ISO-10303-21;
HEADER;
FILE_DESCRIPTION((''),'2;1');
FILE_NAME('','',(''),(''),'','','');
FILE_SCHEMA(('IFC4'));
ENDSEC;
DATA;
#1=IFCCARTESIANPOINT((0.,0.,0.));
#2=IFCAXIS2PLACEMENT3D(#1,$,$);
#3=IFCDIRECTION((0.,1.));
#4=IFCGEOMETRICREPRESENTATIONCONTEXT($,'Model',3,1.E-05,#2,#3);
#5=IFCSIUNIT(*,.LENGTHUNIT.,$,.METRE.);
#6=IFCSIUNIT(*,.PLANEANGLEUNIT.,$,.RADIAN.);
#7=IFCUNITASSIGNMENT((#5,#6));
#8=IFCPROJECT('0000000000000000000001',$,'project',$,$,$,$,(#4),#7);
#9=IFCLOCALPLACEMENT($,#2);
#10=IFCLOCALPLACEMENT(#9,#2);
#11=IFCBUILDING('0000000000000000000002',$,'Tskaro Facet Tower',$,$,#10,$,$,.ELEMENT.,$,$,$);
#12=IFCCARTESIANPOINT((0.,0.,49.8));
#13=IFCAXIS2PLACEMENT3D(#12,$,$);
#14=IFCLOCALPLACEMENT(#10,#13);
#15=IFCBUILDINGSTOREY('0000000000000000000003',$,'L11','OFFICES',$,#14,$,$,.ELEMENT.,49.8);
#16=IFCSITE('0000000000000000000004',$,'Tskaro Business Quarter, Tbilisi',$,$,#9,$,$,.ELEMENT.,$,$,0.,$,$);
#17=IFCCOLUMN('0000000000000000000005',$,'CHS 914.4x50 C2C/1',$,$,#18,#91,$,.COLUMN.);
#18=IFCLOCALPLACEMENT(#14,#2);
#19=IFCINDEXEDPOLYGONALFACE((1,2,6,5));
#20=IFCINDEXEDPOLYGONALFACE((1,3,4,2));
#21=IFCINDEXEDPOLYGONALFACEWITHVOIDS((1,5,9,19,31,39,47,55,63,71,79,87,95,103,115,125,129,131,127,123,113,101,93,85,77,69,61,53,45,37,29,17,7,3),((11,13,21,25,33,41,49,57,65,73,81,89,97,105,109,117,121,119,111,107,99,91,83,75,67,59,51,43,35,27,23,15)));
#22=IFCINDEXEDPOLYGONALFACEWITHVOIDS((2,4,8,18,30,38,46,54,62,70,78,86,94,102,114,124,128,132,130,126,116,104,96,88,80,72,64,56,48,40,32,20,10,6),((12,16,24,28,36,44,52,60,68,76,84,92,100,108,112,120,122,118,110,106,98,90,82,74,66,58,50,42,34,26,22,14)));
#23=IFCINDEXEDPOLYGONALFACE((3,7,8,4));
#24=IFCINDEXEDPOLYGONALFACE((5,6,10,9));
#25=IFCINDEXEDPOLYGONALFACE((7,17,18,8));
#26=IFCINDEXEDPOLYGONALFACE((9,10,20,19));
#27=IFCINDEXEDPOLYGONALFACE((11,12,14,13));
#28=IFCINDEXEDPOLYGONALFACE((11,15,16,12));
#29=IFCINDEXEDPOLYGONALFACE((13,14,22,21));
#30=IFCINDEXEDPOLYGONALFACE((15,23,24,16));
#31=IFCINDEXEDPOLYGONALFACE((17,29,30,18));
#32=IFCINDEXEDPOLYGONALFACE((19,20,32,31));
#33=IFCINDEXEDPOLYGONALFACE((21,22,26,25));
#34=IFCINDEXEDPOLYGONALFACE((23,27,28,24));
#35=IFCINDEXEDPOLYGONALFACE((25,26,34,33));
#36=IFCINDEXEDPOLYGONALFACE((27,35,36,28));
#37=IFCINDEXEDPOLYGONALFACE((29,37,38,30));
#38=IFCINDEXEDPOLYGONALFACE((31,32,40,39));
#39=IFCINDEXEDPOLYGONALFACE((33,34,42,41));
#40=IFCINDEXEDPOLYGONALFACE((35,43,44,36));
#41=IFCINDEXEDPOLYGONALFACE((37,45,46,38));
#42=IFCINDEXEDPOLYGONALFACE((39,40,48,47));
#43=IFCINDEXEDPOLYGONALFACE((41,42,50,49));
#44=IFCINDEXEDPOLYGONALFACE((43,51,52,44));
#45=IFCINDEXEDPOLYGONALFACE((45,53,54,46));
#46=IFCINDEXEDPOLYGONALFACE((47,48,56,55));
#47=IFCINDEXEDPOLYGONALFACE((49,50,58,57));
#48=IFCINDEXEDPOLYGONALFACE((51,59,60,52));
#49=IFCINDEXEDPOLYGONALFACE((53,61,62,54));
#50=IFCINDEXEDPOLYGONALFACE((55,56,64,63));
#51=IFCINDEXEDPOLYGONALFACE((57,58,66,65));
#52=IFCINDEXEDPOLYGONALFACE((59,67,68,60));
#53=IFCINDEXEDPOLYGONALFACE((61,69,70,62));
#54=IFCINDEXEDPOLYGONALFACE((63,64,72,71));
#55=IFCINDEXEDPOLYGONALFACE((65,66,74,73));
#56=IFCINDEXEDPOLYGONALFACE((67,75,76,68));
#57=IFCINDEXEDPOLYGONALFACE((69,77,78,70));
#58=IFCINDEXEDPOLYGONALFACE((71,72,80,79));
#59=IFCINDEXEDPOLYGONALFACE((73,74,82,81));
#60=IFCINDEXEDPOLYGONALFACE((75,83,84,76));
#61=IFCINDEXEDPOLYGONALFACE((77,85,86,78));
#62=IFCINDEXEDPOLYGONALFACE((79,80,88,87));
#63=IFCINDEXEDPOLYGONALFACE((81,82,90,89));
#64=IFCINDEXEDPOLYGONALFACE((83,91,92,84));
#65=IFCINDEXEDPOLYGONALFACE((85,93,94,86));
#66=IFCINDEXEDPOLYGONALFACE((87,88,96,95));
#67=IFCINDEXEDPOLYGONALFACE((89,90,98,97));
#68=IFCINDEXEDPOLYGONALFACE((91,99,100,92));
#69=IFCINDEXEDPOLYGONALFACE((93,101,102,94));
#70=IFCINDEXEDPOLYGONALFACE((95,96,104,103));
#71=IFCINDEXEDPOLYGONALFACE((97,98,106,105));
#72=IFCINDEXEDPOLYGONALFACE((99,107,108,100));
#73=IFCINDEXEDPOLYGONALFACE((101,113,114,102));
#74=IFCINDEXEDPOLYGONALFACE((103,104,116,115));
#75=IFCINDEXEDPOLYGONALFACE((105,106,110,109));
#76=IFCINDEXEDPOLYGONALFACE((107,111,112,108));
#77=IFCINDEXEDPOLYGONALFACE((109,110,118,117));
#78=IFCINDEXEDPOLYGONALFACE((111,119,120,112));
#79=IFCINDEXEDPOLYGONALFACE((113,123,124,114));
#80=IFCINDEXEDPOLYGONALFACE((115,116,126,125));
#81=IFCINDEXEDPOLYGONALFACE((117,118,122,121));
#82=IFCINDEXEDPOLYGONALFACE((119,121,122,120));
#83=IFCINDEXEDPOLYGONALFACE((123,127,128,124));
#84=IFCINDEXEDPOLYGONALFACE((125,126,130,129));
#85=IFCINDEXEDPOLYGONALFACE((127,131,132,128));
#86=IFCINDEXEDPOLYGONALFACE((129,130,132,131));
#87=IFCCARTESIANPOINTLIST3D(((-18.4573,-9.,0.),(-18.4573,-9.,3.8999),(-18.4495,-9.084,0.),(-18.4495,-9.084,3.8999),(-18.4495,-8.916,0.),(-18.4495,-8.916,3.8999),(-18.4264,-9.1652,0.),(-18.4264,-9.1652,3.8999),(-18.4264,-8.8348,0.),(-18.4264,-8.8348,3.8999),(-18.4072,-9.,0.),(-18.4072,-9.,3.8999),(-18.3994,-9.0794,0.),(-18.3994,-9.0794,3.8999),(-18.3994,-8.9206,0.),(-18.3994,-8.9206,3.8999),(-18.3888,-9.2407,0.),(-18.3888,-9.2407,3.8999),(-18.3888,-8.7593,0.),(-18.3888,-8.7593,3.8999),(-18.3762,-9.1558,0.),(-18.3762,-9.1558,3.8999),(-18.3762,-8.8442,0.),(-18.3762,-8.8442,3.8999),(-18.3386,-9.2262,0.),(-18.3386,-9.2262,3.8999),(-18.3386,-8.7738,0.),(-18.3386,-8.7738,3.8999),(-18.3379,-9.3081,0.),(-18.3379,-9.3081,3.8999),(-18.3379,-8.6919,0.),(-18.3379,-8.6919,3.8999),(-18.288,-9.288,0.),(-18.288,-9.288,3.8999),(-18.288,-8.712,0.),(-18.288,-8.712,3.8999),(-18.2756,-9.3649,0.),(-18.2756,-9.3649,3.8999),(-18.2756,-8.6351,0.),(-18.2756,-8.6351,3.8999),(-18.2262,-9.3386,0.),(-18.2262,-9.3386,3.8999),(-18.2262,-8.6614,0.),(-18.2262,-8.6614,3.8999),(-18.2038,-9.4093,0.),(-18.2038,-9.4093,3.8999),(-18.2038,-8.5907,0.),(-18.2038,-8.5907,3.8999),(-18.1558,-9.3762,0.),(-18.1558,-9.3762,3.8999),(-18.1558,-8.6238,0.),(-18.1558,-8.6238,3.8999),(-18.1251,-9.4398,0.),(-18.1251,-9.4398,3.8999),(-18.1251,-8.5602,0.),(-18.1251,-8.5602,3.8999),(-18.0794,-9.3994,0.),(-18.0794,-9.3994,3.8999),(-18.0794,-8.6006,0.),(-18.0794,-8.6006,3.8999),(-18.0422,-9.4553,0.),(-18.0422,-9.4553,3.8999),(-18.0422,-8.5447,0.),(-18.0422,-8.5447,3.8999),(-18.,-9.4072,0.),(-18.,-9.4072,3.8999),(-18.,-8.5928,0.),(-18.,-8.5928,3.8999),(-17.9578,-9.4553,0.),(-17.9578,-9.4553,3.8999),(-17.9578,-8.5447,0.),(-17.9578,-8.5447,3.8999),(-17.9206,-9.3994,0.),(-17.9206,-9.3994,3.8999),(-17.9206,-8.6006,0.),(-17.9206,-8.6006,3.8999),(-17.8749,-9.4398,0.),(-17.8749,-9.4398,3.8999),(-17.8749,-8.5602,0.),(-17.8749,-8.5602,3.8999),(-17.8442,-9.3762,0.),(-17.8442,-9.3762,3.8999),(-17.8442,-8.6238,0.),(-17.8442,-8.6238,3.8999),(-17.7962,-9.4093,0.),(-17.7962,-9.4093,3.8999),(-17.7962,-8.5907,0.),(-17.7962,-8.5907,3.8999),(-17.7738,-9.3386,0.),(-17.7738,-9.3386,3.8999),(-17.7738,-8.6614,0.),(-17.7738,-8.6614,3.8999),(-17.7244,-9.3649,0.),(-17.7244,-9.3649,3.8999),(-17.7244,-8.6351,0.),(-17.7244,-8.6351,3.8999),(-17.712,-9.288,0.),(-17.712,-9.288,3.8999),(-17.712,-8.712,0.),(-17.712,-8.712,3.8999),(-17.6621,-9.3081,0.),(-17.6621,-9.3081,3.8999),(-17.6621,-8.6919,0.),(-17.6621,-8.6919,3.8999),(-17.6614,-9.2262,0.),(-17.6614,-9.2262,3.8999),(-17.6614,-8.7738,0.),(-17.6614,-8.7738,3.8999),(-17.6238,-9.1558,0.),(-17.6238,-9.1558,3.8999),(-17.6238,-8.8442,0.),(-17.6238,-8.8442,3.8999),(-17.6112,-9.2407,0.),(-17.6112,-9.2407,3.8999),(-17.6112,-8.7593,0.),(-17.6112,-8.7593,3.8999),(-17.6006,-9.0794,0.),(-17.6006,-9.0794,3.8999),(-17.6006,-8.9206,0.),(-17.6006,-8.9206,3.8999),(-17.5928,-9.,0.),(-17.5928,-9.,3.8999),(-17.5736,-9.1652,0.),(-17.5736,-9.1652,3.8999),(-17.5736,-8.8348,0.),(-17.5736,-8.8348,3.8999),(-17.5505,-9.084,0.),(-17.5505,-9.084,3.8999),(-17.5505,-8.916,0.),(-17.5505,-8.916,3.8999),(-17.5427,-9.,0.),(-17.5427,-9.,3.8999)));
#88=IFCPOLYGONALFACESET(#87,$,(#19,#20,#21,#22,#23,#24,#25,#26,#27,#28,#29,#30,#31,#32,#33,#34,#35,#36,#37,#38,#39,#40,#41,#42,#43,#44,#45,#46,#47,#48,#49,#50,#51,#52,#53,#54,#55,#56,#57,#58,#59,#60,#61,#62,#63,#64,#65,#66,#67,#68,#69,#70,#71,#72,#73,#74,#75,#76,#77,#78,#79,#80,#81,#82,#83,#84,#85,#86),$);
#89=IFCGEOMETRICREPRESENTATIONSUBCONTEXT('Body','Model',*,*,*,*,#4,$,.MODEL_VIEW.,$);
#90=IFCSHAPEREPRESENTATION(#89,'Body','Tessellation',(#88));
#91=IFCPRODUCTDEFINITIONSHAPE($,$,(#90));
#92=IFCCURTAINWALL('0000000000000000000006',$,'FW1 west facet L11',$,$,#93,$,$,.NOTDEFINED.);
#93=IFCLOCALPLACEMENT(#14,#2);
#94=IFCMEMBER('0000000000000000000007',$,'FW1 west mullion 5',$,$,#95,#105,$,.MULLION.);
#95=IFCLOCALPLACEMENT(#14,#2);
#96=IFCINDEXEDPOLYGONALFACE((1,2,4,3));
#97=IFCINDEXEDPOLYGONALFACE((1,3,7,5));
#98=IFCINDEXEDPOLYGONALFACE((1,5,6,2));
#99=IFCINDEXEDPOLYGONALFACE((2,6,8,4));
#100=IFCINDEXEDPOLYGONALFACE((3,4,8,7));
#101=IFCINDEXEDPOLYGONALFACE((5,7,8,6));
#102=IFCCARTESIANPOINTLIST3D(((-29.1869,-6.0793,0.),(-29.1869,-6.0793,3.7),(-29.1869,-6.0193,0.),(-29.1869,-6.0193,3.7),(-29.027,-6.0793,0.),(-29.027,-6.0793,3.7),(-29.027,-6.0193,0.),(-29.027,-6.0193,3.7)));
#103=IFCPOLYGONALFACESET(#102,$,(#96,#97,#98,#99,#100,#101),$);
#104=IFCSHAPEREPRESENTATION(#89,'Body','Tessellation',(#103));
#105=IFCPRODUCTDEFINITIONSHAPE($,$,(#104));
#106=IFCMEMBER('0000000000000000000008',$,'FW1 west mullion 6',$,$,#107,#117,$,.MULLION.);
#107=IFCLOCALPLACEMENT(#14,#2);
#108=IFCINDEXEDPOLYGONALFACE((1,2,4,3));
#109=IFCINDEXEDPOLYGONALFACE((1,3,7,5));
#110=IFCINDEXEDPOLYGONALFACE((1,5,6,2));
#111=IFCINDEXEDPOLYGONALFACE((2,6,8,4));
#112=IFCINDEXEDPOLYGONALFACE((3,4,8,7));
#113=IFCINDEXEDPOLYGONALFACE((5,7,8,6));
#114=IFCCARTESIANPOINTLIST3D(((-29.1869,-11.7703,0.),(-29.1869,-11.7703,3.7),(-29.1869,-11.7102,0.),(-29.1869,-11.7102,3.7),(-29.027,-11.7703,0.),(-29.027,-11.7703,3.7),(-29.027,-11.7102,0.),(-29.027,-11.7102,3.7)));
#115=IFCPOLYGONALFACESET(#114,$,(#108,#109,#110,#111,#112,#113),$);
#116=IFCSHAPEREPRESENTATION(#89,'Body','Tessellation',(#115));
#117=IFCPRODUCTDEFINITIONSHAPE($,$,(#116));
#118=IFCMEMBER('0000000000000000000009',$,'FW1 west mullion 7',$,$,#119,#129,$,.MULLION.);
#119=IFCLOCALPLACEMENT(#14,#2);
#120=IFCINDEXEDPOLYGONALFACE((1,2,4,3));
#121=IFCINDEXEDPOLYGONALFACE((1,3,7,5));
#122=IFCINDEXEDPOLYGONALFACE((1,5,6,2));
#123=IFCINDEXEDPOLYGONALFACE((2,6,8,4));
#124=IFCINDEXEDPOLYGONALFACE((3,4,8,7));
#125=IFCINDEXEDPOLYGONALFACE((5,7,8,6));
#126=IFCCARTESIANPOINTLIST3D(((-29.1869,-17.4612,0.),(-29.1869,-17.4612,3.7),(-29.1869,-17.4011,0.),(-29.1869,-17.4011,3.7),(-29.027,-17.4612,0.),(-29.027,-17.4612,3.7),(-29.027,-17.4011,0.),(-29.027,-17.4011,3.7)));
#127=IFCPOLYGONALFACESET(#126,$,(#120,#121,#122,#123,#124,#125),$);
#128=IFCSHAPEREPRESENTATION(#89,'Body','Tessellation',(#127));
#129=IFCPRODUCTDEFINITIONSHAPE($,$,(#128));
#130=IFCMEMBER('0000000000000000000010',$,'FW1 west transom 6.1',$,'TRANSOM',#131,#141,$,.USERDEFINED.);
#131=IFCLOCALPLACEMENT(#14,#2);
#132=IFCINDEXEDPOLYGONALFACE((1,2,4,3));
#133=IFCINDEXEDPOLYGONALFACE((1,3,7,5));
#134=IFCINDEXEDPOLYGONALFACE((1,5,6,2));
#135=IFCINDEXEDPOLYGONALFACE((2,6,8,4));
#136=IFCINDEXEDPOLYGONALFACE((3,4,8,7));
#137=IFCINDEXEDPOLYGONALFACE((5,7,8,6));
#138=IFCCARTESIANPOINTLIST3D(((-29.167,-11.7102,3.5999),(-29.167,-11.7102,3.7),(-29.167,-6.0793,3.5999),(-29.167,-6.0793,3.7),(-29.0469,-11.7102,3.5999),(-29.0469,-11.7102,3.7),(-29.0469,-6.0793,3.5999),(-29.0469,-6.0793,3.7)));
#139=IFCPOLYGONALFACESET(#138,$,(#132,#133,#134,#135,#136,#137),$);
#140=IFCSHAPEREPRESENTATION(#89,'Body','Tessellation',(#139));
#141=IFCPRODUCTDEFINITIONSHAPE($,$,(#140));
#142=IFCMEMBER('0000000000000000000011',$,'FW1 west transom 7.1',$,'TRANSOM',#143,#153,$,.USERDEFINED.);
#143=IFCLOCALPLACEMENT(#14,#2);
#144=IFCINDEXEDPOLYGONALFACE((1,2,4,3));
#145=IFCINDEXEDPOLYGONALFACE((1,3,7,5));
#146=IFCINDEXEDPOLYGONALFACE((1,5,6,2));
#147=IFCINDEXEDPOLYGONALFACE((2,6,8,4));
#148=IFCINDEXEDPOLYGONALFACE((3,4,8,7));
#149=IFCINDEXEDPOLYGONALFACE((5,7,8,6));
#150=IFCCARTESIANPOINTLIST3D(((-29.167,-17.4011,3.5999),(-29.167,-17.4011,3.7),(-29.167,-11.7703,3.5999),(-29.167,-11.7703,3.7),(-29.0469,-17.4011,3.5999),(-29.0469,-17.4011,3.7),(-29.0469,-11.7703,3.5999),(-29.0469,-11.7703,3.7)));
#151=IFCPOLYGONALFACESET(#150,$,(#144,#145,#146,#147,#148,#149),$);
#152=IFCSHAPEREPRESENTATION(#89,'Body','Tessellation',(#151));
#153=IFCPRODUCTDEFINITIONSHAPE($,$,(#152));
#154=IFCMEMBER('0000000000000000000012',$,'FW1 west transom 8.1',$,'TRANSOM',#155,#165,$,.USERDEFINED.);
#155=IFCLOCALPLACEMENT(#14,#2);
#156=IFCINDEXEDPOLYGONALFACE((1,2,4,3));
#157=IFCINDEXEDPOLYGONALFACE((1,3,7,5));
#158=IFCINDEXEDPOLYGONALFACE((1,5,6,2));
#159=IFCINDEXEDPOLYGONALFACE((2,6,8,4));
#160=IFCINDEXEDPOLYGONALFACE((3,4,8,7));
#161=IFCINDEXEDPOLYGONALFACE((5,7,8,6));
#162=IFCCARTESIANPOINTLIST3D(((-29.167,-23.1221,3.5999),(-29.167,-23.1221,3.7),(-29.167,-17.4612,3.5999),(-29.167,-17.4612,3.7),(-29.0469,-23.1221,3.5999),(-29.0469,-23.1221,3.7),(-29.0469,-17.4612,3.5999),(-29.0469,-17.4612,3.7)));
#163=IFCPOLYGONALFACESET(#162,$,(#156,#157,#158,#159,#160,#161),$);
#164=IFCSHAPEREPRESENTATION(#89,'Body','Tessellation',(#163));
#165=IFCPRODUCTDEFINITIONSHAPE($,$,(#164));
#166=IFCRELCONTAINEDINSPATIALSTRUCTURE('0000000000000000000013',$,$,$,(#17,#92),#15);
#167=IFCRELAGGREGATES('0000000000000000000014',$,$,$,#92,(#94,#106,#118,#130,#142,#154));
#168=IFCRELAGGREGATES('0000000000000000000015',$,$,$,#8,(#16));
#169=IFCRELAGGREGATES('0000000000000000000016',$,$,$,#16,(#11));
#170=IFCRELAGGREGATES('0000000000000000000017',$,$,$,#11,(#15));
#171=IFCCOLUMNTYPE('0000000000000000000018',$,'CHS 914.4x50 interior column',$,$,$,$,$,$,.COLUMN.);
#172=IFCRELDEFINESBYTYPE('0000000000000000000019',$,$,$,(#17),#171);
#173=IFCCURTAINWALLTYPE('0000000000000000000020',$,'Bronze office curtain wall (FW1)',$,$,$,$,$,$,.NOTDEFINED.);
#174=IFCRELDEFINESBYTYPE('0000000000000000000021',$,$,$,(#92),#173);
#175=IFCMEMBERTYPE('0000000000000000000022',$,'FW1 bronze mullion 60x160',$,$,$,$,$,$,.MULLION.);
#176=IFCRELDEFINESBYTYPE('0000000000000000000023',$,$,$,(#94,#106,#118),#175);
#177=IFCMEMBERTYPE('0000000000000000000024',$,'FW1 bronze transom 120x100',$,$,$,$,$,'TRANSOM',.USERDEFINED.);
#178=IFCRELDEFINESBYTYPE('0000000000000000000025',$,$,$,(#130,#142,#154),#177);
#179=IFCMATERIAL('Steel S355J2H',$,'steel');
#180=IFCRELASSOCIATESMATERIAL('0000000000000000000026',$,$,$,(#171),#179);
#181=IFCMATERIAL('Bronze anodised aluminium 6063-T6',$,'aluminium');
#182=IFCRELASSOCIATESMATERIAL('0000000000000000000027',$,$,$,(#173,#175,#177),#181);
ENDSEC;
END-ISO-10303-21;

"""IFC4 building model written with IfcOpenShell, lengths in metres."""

from ifc_helpers import new_model, si_unit, direction, frame, origin, origin_2d, place, context, subcontext, project, spatial, rectangle, hollow_circle, extrude, material, material_profile, profile_set, type_object, element, aggregate, save


model = new_model("IFC4")

# Units and contexts
model_context = context("Model", 3, precision=1e-05, world=origin(), true_north=direction((0.0, 1.0)))
body_context = subcontext(model_context, "Body", "Model", "MODEL_VIEW")
ifc_project = project(units=[si_unit("LENGTHUNIT", "METRE"), si_unit("PLANEANGLEUNIT", "RADIAN")], contexts=[model_context])

# Site, building, storey
site_placement = place(None, origin())
site = spatial("IfcSite", under=ifc_project, at=site_placement, Name="Tskaro Business Quarter, Tbilisi", CompositionType="ELEMENT", RefElevation=0.0)
building_placement = place(site_placement, origin())
building = spatial("IfcBuilding", under=site, at=building_placement, Name="Tskaro Facet Tower", CompositionType="ELEMENT")
storey_placement = place(building_placement, frame((0.0, 0.0, 49.8)))
storey = spatial("IfcBuildingStorey", under=building, at=storey_placement, Name="L11", Description="OFFICES", CompositionType="ELEMENT", Elevation=49.8)

# Column
ifc_material_1 = material(Name="Steel S355J2H", Category="steel")
ifc_material_profile_1 = material_profile(ifc_material_1, hollow_circle(Radius=0.4573, WallThickness=0.05, at=origin_2d()), Name="CHS 914.4x50")
ifc_profile_set_1 = profile_set([ifc_material_profile_1], Name="Steel S355J2H")
column_type_1 = type_object("IfcColumnType", Name="CHS 914.4x50 interior column", PredefinedType="COLUMN", material=ifc_profile_set_1)
column_placement = place(storey_placement, frame((-18.0, -9.0, 0.0), z_axis=(0.0, 0.0, 1.0), x_axis=(1.0, 0.0, 0.0)))
element("IfcColumn", 1, at=column_placement, inside=storey, type_object=column_type_1, Name="CHS 914.4x50 C2C/1", PredefinedType="COLUMN", context=body_context, shape_type="SweptSolid", body=[
    extrude(hollow_circle(Radius=0.4573, WallThickness=0.05, at=origin_2d()), origin(), (0.0, 0.0, 1.0), 3.8999),
])

# Curtain wall, members
ifc_material_2 = material(Name="Bronze anodised aluminium 6063-T6", Category="aluminium")
curtain_wall_type = type_object("IfcCurtainWallType", Name="Bronze office curtain wall (FW1)", PredefinedType="NOTDEFINED", material=ifc_material_2)
curtain_wall_placement = place(storey_placement, origin())
curtain_wall = element("IfcCurtainWall", 2, at=curtain_wall_placement, inside=storey, type_object=curtain_wall_type, Name="FW1 west facet L11", PredefinedType="NOTDEFINED")
ifc_material_profile_2 = material_profile(ifc_material_2, rectangle(XDim=0.0601, YDim=0.1599, at=origin_2d()), Name="Mullion 60x160")
ifc_profile_set_2 = profile_set([ifc_material_profile_2], Name="Bronze anodised aluminium 6063-T6")
member_type_1 = type_object("IfcMemberType", Name="FW1 bronze mullion 60x160", PredefinedType="MULLION", material=ifc_profile_set_2)
member_1_placement = place(storey_placement, frame((-29.1069, -6.0493, 0.0), z_axis=(0.0, 0.0, 1.0), x_axis=(0.0, -1.0, 0.0)))
member_1 = element("IfcMember", 3, at=member_1_placement, type_object=member_type_1, Name="FW1 west mullion 5", PredefinedType="MULLION", context=body_context, shape_type="SweptSolid", body=[
    extrude(rectangle(XDim=0.0601, YDim=0.1599, at=origin_2d()), origin(), (0.0, 0.0, 1.0), 3.7),
])
member_2_placement = place(storey_placement, frame((-29.1069, -11.7402, 0.0), z_axis=(0.0, 0.0, 1.0), x_axis=(0.0, -1.0, 0.0)))
member_2 = element("IfcMember", 4, at=member_2_placement, type_object=member_type_1, Name="FW1 west mullion 6", PredefinedType="MULLION", context=body_context, shape_type="SweptSolid", body=[
    extrude(rectangle(XDim=0.0601, YDim=0.1599, at=origin_2d()), origin(), (0.0, 0.0, 1.0), 3.7),
])
member_3_placement = place(storey_placement, frame((-29.1069, -17.4312, 0.0), z_axis=(0.0, 0.0, 1.0), x_axis=(0.0, -1.0, 0.0)))
member_3 = element("IfcMember", 5, at=member_3_placement, type_object=member_type_1, Name="FW1 west mullion 7", PredefinedType="MULLION", context=body_context, shape_type="SweptSolid", body=[
    extrude(rectangle(XDim=0.0601, YDim=0.1599, at=origin_2d()), origin(), (0.0, 0.0, 1.0), 3.7),
])
ifc_material_profile_3 = material_profile(ifc_material_2, rectangle(XDim=0.1201, YDim=0.1001, at=origin_2d()), Name="Transom 120x100")
ifc_profile_set_3 = profile_set([ifc_material_profile_3], Name="Bronze anodised aluminium 6063-T6")
member_type_2 = type_object("IfcMemberType", Name="FW1 bronze transom 120x100", ElementType="TRANSOM", PredefinedType="USERDEFINED", material=ifc_profile_set_3)
member_4_placement = place(storey_placement, frame((-29.1069, -6.0793, 3.6499), z_axis=(0.0, -1.0, 0.0), x_axis=(1.0, 0.0, 0.0)))
member_4 = element("IfcMember", 6, at=member_4_placement, type_object=member_type_2, Name="FW1 west transom 6.1", ObjectType="TRANSOM", PredefinedType="USERDEFINED", context=body_context, shape_type="SweptSolid", body=[
    extrude(rectangle(XDim=0.1201, YDim=0.1001, at=origin_2d()), origin(), (0.0, 0.0, 1.0), 5.6309),
])
member_5_placement = place(storey_placement, frame((-29.1069, -11.7703, 3.6499), z_axis=(0.0, -1.0, 0.0), x_axis=(1.0, 0.0, 0.0)))
member_5 = element("IfcMember", 7, at=member_5_placement, type_object=member_type_2, Name="FW1 west transom 7.1", ObjectType="TRANSOM", PredefinedType="USERDEFINED", context=body_context, shape_type="SweptSolid", body=[
    extrude(rectangle(XDim=0.1201, YDim=0.1001, at=origin_2d()), origin(), (0.0, 0.0, 1.0), 5.6309),
])
member_6_placement = place(storey_placement, frame((-29.1069, -17.4612, 3.6499), z_axis=(0.0, -1.0, 0.0), x_axis=(1.0, 0.0, 0.0)))
member_6 = element("IfcMember", 8, at=member_6_placement, type_object=member_type_2, Name="FW1 west transom 8.1", ObjectType="TRANSOM", PredefinedType="USERDEFINED", context=body_context, shape_type="SweptSolid", body=[
    extrude(rectangle(XDim=0.1201, YDim=0.1001, at=origin_2d()), origin(), (0.0, 0.0, 1.0), 5.6609),
])

aggregate(curtain_wall, [member_1, member_2, member_3, member_4, member_5, member_6])

save(model, "model.ifc")
